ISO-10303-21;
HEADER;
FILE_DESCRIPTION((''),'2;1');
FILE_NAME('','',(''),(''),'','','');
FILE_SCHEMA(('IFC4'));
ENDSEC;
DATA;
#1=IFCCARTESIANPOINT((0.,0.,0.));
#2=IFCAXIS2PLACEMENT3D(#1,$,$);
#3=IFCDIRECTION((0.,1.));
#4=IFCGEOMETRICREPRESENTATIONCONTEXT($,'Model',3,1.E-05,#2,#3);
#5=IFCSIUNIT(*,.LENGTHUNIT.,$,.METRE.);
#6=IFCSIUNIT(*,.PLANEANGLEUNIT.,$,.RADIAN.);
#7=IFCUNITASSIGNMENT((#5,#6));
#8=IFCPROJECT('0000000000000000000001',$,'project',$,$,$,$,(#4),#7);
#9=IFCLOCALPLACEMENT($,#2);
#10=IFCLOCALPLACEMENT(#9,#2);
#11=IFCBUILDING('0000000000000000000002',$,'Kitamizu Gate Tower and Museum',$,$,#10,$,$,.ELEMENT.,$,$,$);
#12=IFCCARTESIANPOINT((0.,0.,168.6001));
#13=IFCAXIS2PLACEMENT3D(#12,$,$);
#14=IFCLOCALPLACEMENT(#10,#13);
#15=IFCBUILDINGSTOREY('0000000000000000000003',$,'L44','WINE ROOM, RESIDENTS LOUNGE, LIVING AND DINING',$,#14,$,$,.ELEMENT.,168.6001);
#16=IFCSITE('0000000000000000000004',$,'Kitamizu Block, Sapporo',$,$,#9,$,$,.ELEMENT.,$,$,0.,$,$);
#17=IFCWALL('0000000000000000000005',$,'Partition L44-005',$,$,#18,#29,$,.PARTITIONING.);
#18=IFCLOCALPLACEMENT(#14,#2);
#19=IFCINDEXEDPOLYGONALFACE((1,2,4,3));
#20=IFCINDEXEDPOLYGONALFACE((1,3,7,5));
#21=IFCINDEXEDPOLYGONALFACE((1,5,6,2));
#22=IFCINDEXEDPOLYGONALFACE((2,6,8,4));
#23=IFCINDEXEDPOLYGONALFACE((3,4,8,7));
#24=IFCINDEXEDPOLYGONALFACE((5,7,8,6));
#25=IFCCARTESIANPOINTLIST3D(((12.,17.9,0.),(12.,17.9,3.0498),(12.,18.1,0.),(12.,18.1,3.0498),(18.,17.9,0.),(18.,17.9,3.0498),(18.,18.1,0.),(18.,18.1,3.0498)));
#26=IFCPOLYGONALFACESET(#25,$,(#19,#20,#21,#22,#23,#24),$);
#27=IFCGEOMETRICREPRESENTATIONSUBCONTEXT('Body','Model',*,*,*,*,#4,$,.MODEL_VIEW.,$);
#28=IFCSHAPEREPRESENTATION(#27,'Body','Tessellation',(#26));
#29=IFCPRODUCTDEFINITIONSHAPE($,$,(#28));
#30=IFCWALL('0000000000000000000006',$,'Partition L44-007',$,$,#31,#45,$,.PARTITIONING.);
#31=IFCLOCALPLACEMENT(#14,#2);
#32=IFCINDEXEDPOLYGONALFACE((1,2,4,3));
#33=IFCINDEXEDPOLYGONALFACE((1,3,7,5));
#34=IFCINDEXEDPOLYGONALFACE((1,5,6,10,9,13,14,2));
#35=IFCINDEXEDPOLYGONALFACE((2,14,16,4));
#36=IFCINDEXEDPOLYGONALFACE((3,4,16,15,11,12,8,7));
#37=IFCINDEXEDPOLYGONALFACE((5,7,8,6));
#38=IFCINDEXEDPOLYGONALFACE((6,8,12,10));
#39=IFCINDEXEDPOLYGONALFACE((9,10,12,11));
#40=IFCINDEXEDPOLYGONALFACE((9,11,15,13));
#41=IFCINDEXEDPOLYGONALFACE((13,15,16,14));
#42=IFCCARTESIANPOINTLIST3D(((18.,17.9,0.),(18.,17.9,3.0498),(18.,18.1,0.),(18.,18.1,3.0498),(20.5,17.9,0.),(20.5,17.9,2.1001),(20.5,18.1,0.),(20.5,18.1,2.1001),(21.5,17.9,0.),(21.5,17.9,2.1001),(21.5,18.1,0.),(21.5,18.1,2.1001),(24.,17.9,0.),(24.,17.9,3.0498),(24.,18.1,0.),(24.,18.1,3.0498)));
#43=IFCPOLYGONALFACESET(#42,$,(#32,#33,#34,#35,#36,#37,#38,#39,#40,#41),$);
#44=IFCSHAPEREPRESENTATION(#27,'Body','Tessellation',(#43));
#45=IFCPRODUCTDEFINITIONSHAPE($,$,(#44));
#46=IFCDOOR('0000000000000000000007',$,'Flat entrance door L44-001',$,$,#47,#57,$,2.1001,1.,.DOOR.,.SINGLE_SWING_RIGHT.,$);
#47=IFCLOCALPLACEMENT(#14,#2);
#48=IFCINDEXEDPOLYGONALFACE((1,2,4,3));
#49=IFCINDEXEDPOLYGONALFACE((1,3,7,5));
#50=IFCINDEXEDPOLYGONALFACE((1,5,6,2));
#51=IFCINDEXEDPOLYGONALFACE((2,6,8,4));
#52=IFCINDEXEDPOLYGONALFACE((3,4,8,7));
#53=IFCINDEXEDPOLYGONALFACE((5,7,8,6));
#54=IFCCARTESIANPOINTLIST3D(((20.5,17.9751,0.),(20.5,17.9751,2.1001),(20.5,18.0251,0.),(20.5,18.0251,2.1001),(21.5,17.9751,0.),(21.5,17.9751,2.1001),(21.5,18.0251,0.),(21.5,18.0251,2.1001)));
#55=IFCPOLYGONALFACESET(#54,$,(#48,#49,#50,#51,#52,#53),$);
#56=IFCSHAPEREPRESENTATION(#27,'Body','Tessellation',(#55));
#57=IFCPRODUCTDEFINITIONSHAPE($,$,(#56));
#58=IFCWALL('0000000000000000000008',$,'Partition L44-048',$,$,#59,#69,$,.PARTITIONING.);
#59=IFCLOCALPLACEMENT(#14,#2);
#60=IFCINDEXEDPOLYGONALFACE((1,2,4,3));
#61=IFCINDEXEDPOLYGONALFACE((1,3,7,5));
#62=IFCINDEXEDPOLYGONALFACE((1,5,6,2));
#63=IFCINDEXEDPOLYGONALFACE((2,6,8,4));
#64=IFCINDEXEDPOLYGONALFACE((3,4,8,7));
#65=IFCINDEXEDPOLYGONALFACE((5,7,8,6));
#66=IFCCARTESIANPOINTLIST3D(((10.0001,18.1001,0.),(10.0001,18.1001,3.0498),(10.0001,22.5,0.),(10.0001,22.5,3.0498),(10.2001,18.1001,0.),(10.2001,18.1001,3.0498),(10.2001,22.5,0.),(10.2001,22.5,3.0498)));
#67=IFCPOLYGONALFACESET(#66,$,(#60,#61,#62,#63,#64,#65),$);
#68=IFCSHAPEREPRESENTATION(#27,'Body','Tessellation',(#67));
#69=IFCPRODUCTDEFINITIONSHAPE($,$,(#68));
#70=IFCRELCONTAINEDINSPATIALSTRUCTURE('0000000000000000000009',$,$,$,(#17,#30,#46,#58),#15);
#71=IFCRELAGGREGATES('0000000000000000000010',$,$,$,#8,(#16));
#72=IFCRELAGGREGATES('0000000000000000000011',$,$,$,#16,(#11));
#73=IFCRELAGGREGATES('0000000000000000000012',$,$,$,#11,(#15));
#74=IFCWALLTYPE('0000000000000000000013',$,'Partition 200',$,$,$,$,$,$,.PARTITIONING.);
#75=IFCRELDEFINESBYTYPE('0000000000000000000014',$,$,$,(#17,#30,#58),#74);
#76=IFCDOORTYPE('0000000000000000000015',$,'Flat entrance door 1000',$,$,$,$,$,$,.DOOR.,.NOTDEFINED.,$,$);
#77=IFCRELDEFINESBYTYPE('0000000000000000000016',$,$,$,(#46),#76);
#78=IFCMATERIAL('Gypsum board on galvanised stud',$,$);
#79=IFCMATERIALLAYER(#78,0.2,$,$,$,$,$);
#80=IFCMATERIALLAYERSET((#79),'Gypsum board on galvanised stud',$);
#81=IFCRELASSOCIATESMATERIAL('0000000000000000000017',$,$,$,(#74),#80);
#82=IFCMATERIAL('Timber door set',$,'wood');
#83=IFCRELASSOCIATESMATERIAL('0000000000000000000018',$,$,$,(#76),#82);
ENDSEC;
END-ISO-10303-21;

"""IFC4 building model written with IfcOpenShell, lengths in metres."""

from ifc_helpers import new_model, si_unit, direction, frame, frame_2d, origin, place, context, subcontext, project, spatial, rectangle, extrude, material, layer, layer_set, type_object, element, fill, save


model = new_model("IFC4")

# Units and contexts
model_context = context("Model", 3, precision=1e-05, world=origin(), true_north=direction((0.0, 1.0)))
body_context = subcontext(model_context, "Body", "Model", "MODEL_VIEW")
ifc_project = project(units=[si_unit("LENGTHUNIT", "METRE"), si_unit("PLANEANGLEUNIT", "RADIAN")], contexts=[model_context])

# Site, building, storey
site_placement = place(None, origin())
site = spatial("IfcSite", under=ifc_project, at=site_placement, Name="Kitamizu Block, Sapporo", CompositionType="ELEMENT", RefElevation=0.0)
building_placement = place(site_placement, origin())
building = spatial("IfcBuilding", under=site, at=building_placement, Name="Kitamizu Gate Tower and Museum", CompositionType="ELEMENT")
storey_placement = place(building_placement, frame((0.0, 0.0, 168.6001)))
storey = spatial("IfcBuildingStorey", under=building, at=storey_placement, Name="L44", Description="WINE ROOM, RESIDENTS LOUNGE, LIVING AND DINING", CompositionType="ELEMENT", Elevation=168.6001)

# Wall
ifc_material_1 = material(Name="Gypsum board on galvanised stud")
ifc_layer_1 = layer(ifc_material_1, 0.2)
ifc_layer_set_1 = layer_set([ifc_layer_1], Name="Gypsum board on galvanised stud")
wall_type_1 = type_object("IfcWallType", Name="Partition 200", PredefinedType="PARTITIONING", material=ifc_layer_set_1)
wall_1_placement = place(storey_placement, frame((18.0, 18.0, 0.0), z_axis=(0.0, 0.0, 1.0), x_axis=(-1.0, 0.0, 0.0)))
element("IfcWall", 1, at=wall_1_placement, inside=storey, type_object=wall_type_1, Name="Partition L44-005", PredefinedType="PARTITIONING", context=body_context, shape_type="SweptSolid", body=[
    extrude(rectangle(XDim=6.0, YDim=0.2, at=frame_2d((3.0, 0.0))), origin(), (0.0, 0.0, 1.0), 3.0498),
])

# Wall, opening, door
wall_2_placement = place(storey_placement, frame((24.0, 18.0, 0.0), z_axis=(0.0, 0.0, 1.0), x_axis=(-1.0, 0.0, 0.0)))
wall_2 = element("IfcWall", 2, at=wall_2_placement, inside=storey, type_object=wall_type_1, Name="Partition L44-007", PredefinedType="PARTITIONING", context=body_context, shape_type="SweptSolid", body=[
    extrude(rectangle(XDim=6.0, YDim=0.2, at=frame_2d((3.0, 0.0))), origin(), (0.0, 0.0, 1.0), 3.0498),
])
opening_1_placement = place(wall_2_placement, frame((2.5, 0.0, 0.0)))
opening_1 = element("IfcOpeningElement", 3, at=opening_1_placement, cuts=wall_2, PredefinedType="OPENING", context=body_context, shape_type="SweptSolid", body=[
    extrude(rectangle(XDim=1.0, YDim=2.1001, at=frame_2d((0.5, 1.05))), frame((0.0, 0.1099, 0.0), z_axis=(0.0, -1.0, 0.0), x_axis=(1.0, 0.0, 0.0)), (0.0, 0.0, 1.0), 0.22),
])
ifc_material_2 = material(Name="Timber door set", Category="wood")
door_type_1 = type_object("IfcDoorType", Name="Flat entrance door 1000", OperationType="NOTDEFINED", PredefinedType="DOOR", material=ifc_material_2)
door_1_placement = place(opening_1_placement, origin())
door_1 = element("IfcDoor", 4, at=door_1_placement, inside=storey, type_object=door_type_1, Name="Flat entrance door L44-001", OperationType="SINGLE_SWING_RIGHT", OverallHeight=2.1001, OverallWidth=1.0, PredefinedType="DOOR", context=body_context, shape_type="SweptSolid", body=[
    extrude(rectangle(XDim=1.0, YDim=2.1001, at=frame_2d((0.5, 1.05))), frame((0.0, 0.0249, 0.0), z_axis=(0.0, -1.0, 0.0), x_axis=(1.0, 0.0, 0.0)), (0.0, 0.0, 1.0), 0.05),
])
fill(opening_1, door_1)

# Wall
wall_3_placement = place(storey_placement, frame((10.1001, 18.1001, 0.0), z_axis=(0.0, 0.0, 1.0), x_axis=(0.0, 1.0, 0.0)))
element("IfcWall", 5, at=wall_3_placement, inside=storey, type_object=wall_type_1, Name="Partition L44-048", PredefinedType="PARTITIONING", context=body_context, shape_type="SweptSolid", body=[
    extrude(rectangle(XDim=4.3999, YDim=0.2, at=frame_2d((2.2, 0.0))), origin(), (0.0, 0.0, 1.0), 3.0498),
])

save(model, "model.ifc")
